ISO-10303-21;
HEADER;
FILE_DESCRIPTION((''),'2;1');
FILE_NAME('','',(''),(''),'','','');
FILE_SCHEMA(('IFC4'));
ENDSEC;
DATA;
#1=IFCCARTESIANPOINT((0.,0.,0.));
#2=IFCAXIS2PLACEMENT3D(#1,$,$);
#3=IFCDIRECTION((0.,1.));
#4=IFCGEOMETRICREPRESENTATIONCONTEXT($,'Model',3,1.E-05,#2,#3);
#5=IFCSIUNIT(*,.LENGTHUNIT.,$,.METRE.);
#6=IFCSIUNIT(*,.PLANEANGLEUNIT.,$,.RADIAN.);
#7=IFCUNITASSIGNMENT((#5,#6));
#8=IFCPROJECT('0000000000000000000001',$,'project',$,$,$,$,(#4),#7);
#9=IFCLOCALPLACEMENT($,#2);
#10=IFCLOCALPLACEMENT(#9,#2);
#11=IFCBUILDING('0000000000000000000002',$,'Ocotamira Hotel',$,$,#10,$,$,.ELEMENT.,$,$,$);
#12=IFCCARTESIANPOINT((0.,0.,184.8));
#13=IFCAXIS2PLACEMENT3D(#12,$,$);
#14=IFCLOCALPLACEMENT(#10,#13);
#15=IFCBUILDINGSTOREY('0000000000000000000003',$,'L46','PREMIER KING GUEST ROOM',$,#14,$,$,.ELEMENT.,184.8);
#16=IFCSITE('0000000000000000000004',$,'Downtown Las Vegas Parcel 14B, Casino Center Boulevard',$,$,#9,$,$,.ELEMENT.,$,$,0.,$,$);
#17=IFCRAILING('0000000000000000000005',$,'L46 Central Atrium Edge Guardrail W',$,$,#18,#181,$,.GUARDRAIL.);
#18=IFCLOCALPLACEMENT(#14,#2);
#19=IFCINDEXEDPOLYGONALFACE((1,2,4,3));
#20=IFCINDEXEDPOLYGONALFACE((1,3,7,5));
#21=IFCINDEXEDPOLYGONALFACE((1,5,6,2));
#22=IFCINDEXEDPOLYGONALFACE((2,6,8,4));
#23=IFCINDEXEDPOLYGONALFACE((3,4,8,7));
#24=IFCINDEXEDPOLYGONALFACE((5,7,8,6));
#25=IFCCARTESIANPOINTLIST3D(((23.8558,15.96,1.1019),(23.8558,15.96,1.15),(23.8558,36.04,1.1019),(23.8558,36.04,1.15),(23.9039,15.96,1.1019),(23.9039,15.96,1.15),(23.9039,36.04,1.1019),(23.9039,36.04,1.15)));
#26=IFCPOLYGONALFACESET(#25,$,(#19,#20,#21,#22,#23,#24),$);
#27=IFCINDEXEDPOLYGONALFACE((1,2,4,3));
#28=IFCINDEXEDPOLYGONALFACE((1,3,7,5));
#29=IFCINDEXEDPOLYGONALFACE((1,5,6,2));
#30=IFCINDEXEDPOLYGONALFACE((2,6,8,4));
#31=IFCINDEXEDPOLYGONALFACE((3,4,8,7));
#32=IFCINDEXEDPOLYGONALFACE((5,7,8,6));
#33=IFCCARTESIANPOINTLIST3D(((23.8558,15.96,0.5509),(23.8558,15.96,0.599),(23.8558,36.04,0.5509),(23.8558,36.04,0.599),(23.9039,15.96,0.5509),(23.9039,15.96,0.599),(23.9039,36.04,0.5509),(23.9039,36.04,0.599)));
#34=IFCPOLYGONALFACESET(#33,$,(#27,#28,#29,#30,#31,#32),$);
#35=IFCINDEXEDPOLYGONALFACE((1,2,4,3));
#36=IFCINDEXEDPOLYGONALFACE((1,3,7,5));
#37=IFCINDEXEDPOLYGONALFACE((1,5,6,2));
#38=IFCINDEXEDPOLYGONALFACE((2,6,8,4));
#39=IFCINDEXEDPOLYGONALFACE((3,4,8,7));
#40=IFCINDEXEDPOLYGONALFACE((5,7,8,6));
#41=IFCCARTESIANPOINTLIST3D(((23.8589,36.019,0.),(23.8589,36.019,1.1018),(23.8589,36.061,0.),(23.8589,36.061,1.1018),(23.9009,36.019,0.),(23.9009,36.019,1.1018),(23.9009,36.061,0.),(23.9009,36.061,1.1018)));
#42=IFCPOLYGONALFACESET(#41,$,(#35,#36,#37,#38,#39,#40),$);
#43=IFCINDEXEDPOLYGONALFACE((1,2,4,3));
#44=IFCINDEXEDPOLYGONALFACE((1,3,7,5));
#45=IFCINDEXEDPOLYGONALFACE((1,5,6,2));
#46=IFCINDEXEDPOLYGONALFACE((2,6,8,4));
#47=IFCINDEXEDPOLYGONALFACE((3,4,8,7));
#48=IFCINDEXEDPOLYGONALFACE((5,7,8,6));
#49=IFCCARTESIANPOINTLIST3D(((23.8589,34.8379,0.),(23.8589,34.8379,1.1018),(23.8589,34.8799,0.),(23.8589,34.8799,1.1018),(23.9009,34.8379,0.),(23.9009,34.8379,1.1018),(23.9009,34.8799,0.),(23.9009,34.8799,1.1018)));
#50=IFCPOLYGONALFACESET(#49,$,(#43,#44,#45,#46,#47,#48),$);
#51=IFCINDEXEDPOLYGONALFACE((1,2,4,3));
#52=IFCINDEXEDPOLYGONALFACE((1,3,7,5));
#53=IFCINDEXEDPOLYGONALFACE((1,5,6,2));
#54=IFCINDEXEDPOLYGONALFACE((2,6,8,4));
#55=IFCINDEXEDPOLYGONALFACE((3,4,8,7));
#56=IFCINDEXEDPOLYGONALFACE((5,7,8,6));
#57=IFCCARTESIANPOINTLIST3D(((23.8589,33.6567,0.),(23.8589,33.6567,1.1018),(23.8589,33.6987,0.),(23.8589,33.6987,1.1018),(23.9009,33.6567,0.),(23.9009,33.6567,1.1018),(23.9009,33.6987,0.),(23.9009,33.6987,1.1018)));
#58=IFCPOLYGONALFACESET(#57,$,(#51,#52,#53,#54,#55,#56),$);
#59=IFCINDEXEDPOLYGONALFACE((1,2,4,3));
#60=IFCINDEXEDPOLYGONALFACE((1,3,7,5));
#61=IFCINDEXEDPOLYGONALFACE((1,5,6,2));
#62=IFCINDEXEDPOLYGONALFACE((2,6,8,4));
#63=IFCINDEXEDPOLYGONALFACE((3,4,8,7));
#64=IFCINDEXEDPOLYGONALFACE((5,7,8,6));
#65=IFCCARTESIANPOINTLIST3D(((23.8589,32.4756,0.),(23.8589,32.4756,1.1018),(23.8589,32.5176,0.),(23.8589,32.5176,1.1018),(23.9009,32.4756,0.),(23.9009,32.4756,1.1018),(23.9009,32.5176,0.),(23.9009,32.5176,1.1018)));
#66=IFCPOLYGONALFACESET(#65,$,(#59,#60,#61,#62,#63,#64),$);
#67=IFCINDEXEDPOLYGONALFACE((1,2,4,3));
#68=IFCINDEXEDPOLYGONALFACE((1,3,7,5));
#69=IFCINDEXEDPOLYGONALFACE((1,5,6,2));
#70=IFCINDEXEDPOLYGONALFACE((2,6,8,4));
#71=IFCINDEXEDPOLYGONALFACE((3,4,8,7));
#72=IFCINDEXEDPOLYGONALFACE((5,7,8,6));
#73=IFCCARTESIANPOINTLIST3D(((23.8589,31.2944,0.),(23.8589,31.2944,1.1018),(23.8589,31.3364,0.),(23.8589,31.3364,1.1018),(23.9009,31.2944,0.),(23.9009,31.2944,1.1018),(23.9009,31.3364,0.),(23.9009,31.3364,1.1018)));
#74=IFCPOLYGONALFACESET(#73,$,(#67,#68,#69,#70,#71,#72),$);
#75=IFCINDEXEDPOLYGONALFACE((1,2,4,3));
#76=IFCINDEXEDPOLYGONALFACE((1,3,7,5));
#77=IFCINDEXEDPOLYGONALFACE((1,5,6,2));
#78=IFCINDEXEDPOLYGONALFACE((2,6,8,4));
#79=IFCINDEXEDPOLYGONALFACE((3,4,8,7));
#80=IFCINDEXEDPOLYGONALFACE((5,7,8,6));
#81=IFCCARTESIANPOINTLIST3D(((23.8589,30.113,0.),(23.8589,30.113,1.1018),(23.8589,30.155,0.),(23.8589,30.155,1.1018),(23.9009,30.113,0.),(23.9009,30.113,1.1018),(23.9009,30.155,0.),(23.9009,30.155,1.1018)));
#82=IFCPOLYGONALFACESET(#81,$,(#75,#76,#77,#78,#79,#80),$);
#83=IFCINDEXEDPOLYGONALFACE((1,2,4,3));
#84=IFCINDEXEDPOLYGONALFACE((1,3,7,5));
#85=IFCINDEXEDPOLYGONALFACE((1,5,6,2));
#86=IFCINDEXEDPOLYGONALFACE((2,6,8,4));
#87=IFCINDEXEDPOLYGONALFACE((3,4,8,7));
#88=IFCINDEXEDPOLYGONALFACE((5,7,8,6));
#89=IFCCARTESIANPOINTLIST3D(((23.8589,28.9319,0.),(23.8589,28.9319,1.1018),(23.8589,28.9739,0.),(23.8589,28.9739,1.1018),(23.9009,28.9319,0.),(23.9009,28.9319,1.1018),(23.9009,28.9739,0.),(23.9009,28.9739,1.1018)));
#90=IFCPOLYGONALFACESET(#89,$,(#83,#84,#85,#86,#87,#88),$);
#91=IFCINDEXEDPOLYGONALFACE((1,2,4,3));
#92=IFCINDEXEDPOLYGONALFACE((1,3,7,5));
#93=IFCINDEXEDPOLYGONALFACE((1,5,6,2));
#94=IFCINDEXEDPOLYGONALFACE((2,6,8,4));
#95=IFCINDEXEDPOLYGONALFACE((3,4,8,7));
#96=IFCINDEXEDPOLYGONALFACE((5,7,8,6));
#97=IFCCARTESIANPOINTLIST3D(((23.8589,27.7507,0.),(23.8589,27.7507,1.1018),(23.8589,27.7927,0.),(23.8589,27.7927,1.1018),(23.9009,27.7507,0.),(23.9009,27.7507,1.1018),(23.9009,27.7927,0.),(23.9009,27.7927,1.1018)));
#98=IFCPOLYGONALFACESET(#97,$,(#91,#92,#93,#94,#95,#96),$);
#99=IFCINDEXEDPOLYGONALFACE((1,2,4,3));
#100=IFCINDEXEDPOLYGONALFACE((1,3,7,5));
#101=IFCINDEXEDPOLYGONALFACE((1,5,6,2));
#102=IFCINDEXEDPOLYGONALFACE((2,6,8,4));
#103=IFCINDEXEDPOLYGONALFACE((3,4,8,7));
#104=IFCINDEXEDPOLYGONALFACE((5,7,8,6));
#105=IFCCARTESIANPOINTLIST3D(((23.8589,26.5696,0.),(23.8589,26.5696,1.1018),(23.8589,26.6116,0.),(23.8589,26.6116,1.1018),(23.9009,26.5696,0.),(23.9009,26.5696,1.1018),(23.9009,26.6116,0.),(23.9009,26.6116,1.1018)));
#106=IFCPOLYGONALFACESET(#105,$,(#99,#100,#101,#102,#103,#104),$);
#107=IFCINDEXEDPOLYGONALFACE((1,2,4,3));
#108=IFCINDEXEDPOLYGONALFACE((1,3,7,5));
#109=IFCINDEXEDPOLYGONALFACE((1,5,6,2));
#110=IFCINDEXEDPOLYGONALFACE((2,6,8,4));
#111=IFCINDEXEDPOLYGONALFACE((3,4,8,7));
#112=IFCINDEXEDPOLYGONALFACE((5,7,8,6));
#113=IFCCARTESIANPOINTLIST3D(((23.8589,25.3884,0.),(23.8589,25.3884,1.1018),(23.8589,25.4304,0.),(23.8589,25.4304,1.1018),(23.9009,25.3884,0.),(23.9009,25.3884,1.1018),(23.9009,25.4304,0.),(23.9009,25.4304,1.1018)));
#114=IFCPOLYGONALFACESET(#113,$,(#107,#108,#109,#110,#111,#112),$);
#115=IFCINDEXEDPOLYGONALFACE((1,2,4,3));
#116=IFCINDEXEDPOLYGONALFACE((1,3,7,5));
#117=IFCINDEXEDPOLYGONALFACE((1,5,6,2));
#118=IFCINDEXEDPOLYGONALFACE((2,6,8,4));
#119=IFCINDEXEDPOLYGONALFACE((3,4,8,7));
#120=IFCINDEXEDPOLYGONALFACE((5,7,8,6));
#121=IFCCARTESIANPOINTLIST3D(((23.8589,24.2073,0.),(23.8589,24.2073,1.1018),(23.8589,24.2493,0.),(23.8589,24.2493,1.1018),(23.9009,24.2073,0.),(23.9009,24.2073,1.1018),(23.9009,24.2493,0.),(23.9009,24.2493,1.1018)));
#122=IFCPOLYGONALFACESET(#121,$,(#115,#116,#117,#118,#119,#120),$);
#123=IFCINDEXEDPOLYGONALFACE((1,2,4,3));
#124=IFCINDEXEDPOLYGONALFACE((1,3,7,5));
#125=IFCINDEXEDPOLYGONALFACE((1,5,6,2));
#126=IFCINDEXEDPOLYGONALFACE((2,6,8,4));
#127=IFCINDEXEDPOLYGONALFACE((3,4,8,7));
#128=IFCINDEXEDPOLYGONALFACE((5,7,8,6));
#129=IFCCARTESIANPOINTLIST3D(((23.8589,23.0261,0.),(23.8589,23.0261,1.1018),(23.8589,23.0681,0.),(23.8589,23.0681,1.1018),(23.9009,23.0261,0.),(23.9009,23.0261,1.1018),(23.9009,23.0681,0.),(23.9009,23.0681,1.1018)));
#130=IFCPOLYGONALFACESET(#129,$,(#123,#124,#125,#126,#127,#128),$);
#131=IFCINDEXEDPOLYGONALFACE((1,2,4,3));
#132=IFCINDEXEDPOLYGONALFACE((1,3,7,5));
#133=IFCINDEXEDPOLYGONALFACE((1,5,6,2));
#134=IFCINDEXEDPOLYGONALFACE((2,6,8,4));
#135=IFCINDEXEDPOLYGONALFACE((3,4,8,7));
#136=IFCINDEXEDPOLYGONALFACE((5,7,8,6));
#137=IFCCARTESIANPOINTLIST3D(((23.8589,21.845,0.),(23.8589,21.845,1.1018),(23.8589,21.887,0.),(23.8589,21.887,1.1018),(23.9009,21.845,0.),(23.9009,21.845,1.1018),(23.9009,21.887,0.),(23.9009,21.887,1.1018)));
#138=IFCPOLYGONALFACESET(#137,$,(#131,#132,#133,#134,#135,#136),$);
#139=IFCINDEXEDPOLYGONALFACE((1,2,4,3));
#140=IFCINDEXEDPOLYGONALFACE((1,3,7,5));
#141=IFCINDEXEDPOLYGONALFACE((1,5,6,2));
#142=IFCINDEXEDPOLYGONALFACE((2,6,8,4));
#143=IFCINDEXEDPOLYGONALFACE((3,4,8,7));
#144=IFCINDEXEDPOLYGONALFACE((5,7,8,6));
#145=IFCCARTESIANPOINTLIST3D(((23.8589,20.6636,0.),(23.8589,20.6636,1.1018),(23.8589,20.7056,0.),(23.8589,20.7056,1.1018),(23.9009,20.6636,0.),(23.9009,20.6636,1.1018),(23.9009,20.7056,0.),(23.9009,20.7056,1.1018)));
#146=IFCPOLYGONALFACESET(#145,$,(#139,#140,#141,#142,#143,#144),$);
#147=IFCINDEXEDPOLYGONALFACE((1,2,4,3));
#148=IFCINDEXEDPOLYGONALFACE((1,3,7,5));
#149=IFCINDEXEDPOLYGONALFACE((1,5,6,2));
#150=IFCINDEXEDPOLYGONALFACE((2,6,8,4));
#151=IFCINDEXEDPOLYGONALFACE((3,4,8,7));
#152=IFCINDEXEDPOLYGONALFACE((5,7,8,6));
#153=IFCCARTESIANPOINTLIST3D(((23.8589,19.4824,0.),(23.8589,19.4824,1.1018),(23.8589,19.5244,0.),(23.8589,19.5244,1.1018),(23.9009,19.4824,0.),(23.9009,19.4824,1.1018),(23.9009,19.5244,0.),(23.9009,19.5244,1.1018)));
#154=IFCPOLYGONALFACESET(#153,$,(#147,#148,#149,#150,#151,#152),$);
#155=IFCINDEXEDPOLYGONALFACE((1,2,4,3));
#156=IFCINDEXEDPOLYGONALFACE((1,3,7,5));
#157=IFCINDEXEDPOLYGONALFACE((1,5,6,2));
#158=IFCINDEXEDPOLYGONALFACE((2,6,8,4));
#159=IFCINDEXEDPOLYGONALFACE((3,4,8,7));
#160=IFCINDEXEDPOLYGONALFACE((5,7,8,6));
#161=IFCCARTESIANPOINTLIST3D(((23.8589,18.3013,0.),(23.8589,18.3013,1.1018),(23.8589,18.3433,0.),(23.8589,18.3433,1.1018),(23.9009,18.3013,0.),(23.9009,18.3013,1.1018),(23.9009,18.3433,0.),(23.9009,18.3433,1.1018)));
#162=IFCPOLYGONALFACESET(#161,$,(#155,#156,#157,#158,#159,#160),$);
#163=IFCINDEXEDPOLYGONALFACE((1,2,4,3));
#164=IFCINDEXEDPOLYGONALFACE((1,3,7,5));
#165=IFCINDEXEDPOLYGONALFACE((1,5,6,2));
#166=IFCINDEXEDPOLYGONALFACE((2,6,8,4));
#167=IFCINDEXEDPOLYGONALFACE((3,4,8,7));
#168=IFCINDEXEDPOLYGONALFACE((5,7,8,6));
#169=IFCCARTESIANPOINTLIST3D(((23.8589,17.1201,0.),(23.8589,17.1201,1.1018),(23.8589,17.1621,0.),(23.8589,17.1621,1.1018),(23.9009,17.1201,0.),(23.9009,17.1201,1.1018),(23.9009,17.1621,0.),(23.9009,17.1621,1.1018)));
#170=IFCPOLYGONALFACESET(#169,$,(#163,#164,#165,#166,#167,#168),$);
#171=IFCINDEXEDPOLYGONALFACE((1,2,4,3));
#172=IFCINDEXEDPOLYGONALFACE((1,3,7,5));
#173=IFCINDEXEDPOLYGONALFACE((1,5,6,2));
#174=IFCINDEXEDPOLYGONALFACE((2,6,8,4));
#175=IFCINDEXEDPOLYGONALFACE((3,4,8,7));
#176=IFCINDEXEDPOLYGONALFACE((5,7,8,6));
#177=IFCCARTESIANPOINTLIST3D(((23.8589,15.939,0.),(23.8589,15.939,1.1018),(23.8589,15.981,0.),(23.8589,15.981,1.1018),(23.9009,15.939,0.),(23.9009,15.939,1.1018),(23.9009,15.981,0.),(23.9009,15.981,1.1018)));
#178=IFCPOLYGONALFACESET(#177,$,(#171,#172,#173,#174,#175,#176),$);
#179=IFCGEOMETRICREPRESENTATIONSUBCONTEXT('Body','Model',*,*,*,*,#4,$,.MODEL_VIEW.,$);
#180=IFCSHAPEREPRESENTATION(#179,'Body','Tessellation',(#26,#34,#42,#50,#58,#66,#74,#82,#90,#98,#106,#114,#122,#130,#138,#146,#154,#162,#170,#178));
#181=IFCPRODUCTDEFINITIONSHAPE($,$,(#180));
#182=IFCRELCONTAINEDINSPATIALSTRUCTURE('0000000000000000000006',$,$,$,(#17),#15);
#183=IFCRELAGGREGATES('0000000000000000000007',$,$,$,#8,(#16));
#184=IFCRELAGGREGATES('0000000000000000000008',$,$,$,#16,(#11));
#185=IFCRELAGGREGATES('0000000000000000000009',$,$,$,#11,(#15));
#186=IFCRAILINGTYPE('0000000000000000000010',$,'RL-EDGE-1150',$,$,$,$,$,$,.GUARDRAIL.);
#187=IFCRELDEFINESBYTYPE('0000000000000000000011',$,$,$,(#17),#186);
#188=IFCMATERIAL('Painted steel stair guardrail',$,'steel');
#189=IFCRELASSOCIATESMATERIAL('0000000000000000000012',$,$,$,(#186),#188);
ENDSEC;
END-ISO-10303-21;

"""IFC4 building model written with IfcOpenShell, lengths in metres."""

from ifc_helpers import new_model, si_unit, direction, frame, origin, origin_2d, place, context, subcontext, project, spatial, rectangle, extrude, material, type_object, element, save


model = new_model("IFC4")

# Units and contexts
model_context = context("Model", 3, precision=1e-05, world=origin(), true_north=direction((0.0, 1.0)))
body_context = subcontext(model_context, "Body", "Model", "MODEL_VIEW")
ifc_project = project(units=[si_unit("LENGTHUNIT", "METRE"), si_unit("PLANEANGLEUNIT", "RADIAN")], contexts=[model_context])

# Site, building, storey
site_placement = place(None, origin())
site = spatial("IfcSite", under=ifc_project, at=site_placement, Name="Downtown Las Vegas Parcel 14B, Casino Center Boulevard", CompositionType="ELEMENT", RefElevation=0.0)
building_placement = place(site_placement, origin())
building = spatial("IfcBuilding", under=site, at=building_placement, Name="Ocotamira Hotel", CompositionType="ELEMENT")
storey_placement = place(building_placement, frame((0.0, 0.0, 184.8)))
storey = spatial("IfcBuildingStorey", under=building, at=storey_placement, Name="L46", Description="PREMIER KING GUEST ROOM", CompositionType="ELEMENT", Elevation=184.8)

# Railing
ifc_material_1 = material(Name="Painted steel stair guardrail", Category="steel")
railing_type = type_object("IfcRailingType", Name="RL-EDGE-1150", PredefinedType="GUARDRAIL", material=ifc_material_1)
railing_placement = place(storey_placement, frame((23.8799, 36.04, 0.0)))
element("IfcRailing", 1, at=railing_placement, inside=storey, type_object=railing_type, Name="L46 Central Atrium Edge Guardrail W", PredefinedType="GUARDRAIL", context=body_context, shape_type="SweptSolid", body=[
    extrude(rectangle(XDim=0.0481, YDim=0.0481, at=origin_2d()), frame((0.0, 0.0, 1.126), z_axis=(0.0, -1.0, 0.0), x_axis=(1.0, 0.0, 0.0)), (0.0, 0.0, 1.0), 20.0801),
    extrude(rectangle(XDim=0.0481, YDim=0.0481, at=origin_2d()), frame((0.0, 0.0, 0.575), z_axis=(0.0, -1.0, 0.0), x_axis=(1.0, 0.0, 0.0)), (0.0, 0.0, 1.0), 20.0801),
    extrude(rectangle(XDim=0.042, YDim=0.042, at=origin_2d()), origin(), (0.0, 0.0, 1.0), 1.1018),
    extrude(rectangle(XDim=0.042, YDim=0.042, at=origin_2d()), frame((0.0, -1.1812, 0.0)), (0.0, 0.0, 1.0), 1.1018),
    extrude(rectangle(XDim=0.042, YDim=0.042, at=origin_2d()), frame((0.0, -2.3623, 0.0)), (0.0, 0.0, 1.0), 1.1018),
    extrude(rectangle(XDim=0.042, YDim=0.042, at=origin_2d()), frame((0.0, -3.5435, 0.0)), (0.0, 0.0, 1.0), 1.1018),
    extrude(rectangle(XDim=0.042, YDim=0.042, at=origin_2d()), frame((0.0, -4.7246, 0.0)), (0.0, 0.0, 1.0), 1.1018),
    extrude(rectangle(XDim=0.042, YDim=0.042, at=origin_2d()), frame((0.0, -5.906, 0.0)), (0.0, 0.0, 1.0), 1.1018),
    extrude(rectangle(XDim=0.042, YDim=0.042, at=origin_2d()), frame((0.0, -7.0872, 0.0)), (0.0, 0.0, 1.0), 1.1018),
    extrude(rectangle(XDim=0.042, YDim=0.042, at=origin_2d()), frame((0.0, -8.2683, 0.0)), (0.0, 0.0, 1.0), 1.1018),
    extrude(rectangle(XDim=0.042, YDim=0.042, at=origin_2d()), frame((0.0, -9.4495, 0.0)), (0.0, 0.0, 1.0), 1.1018),
    extrude(rectangle(XDim=0.042, YDim=0.042, at=origin_2d()), frame((0.0, -10.6306, 0.0)), (0.0, 0.0, 1.0), 1.1018),
    extrude(rectangle(XDim=0.042, YDim=0.042, at=origin_2d()), frame((0.0, -11.8118, 0.0)), (0.0, 0.0, 1.0), 1.1018),
    extrude(rectangle(XDim=0.042, YDim=0.042, at=origin_2d()), frame((0.0, -12.9929, 0.0)), (0.0, 0.0, 1.0), 1.1018),
    extrude(rectangle(XDim=0.042, YDim=0.042, at=origin_2d()), frame((0.0, -14.1741, 0.0)), (0.0, 0.0, 1.0), 1.1018),
    extrude(rectangle(XDim=0.042, YDim=0.042, at=origin_2d()), frame((0.0, -15.3555, 0.0)), (0.0, 0.0, 1.0), 1.1018),
    extrude(rectangle(XDim=0.042, YDim=0.042, at=origin_2d()), frame((0.0, -16.5366, 0.0)), (0.0, 0.0, 1.0), 1.1018),
    extrude(rectangle(XDim=0.042, YDim=0.042, at=origin_2d()), frame((0.0, -17.7178, 0.0)), (0.0, 0.0, 1.0), 1.1018),
    extrude(rectangle(XDim=0.042, YDim=0.042, at=origin_2d()), frame((0.0, -18.8989, 0.0)), (0.0, 0.0, 1.0), 1.1018),
    extrude(rectangle(XDim=0.042, YDim=0.042, at=origin_2d()), frame((0.0, -20.0801, 0.0)), (0.0, 0.0, 1.0), 1.1018),
])

save(model, "model.ifc")
